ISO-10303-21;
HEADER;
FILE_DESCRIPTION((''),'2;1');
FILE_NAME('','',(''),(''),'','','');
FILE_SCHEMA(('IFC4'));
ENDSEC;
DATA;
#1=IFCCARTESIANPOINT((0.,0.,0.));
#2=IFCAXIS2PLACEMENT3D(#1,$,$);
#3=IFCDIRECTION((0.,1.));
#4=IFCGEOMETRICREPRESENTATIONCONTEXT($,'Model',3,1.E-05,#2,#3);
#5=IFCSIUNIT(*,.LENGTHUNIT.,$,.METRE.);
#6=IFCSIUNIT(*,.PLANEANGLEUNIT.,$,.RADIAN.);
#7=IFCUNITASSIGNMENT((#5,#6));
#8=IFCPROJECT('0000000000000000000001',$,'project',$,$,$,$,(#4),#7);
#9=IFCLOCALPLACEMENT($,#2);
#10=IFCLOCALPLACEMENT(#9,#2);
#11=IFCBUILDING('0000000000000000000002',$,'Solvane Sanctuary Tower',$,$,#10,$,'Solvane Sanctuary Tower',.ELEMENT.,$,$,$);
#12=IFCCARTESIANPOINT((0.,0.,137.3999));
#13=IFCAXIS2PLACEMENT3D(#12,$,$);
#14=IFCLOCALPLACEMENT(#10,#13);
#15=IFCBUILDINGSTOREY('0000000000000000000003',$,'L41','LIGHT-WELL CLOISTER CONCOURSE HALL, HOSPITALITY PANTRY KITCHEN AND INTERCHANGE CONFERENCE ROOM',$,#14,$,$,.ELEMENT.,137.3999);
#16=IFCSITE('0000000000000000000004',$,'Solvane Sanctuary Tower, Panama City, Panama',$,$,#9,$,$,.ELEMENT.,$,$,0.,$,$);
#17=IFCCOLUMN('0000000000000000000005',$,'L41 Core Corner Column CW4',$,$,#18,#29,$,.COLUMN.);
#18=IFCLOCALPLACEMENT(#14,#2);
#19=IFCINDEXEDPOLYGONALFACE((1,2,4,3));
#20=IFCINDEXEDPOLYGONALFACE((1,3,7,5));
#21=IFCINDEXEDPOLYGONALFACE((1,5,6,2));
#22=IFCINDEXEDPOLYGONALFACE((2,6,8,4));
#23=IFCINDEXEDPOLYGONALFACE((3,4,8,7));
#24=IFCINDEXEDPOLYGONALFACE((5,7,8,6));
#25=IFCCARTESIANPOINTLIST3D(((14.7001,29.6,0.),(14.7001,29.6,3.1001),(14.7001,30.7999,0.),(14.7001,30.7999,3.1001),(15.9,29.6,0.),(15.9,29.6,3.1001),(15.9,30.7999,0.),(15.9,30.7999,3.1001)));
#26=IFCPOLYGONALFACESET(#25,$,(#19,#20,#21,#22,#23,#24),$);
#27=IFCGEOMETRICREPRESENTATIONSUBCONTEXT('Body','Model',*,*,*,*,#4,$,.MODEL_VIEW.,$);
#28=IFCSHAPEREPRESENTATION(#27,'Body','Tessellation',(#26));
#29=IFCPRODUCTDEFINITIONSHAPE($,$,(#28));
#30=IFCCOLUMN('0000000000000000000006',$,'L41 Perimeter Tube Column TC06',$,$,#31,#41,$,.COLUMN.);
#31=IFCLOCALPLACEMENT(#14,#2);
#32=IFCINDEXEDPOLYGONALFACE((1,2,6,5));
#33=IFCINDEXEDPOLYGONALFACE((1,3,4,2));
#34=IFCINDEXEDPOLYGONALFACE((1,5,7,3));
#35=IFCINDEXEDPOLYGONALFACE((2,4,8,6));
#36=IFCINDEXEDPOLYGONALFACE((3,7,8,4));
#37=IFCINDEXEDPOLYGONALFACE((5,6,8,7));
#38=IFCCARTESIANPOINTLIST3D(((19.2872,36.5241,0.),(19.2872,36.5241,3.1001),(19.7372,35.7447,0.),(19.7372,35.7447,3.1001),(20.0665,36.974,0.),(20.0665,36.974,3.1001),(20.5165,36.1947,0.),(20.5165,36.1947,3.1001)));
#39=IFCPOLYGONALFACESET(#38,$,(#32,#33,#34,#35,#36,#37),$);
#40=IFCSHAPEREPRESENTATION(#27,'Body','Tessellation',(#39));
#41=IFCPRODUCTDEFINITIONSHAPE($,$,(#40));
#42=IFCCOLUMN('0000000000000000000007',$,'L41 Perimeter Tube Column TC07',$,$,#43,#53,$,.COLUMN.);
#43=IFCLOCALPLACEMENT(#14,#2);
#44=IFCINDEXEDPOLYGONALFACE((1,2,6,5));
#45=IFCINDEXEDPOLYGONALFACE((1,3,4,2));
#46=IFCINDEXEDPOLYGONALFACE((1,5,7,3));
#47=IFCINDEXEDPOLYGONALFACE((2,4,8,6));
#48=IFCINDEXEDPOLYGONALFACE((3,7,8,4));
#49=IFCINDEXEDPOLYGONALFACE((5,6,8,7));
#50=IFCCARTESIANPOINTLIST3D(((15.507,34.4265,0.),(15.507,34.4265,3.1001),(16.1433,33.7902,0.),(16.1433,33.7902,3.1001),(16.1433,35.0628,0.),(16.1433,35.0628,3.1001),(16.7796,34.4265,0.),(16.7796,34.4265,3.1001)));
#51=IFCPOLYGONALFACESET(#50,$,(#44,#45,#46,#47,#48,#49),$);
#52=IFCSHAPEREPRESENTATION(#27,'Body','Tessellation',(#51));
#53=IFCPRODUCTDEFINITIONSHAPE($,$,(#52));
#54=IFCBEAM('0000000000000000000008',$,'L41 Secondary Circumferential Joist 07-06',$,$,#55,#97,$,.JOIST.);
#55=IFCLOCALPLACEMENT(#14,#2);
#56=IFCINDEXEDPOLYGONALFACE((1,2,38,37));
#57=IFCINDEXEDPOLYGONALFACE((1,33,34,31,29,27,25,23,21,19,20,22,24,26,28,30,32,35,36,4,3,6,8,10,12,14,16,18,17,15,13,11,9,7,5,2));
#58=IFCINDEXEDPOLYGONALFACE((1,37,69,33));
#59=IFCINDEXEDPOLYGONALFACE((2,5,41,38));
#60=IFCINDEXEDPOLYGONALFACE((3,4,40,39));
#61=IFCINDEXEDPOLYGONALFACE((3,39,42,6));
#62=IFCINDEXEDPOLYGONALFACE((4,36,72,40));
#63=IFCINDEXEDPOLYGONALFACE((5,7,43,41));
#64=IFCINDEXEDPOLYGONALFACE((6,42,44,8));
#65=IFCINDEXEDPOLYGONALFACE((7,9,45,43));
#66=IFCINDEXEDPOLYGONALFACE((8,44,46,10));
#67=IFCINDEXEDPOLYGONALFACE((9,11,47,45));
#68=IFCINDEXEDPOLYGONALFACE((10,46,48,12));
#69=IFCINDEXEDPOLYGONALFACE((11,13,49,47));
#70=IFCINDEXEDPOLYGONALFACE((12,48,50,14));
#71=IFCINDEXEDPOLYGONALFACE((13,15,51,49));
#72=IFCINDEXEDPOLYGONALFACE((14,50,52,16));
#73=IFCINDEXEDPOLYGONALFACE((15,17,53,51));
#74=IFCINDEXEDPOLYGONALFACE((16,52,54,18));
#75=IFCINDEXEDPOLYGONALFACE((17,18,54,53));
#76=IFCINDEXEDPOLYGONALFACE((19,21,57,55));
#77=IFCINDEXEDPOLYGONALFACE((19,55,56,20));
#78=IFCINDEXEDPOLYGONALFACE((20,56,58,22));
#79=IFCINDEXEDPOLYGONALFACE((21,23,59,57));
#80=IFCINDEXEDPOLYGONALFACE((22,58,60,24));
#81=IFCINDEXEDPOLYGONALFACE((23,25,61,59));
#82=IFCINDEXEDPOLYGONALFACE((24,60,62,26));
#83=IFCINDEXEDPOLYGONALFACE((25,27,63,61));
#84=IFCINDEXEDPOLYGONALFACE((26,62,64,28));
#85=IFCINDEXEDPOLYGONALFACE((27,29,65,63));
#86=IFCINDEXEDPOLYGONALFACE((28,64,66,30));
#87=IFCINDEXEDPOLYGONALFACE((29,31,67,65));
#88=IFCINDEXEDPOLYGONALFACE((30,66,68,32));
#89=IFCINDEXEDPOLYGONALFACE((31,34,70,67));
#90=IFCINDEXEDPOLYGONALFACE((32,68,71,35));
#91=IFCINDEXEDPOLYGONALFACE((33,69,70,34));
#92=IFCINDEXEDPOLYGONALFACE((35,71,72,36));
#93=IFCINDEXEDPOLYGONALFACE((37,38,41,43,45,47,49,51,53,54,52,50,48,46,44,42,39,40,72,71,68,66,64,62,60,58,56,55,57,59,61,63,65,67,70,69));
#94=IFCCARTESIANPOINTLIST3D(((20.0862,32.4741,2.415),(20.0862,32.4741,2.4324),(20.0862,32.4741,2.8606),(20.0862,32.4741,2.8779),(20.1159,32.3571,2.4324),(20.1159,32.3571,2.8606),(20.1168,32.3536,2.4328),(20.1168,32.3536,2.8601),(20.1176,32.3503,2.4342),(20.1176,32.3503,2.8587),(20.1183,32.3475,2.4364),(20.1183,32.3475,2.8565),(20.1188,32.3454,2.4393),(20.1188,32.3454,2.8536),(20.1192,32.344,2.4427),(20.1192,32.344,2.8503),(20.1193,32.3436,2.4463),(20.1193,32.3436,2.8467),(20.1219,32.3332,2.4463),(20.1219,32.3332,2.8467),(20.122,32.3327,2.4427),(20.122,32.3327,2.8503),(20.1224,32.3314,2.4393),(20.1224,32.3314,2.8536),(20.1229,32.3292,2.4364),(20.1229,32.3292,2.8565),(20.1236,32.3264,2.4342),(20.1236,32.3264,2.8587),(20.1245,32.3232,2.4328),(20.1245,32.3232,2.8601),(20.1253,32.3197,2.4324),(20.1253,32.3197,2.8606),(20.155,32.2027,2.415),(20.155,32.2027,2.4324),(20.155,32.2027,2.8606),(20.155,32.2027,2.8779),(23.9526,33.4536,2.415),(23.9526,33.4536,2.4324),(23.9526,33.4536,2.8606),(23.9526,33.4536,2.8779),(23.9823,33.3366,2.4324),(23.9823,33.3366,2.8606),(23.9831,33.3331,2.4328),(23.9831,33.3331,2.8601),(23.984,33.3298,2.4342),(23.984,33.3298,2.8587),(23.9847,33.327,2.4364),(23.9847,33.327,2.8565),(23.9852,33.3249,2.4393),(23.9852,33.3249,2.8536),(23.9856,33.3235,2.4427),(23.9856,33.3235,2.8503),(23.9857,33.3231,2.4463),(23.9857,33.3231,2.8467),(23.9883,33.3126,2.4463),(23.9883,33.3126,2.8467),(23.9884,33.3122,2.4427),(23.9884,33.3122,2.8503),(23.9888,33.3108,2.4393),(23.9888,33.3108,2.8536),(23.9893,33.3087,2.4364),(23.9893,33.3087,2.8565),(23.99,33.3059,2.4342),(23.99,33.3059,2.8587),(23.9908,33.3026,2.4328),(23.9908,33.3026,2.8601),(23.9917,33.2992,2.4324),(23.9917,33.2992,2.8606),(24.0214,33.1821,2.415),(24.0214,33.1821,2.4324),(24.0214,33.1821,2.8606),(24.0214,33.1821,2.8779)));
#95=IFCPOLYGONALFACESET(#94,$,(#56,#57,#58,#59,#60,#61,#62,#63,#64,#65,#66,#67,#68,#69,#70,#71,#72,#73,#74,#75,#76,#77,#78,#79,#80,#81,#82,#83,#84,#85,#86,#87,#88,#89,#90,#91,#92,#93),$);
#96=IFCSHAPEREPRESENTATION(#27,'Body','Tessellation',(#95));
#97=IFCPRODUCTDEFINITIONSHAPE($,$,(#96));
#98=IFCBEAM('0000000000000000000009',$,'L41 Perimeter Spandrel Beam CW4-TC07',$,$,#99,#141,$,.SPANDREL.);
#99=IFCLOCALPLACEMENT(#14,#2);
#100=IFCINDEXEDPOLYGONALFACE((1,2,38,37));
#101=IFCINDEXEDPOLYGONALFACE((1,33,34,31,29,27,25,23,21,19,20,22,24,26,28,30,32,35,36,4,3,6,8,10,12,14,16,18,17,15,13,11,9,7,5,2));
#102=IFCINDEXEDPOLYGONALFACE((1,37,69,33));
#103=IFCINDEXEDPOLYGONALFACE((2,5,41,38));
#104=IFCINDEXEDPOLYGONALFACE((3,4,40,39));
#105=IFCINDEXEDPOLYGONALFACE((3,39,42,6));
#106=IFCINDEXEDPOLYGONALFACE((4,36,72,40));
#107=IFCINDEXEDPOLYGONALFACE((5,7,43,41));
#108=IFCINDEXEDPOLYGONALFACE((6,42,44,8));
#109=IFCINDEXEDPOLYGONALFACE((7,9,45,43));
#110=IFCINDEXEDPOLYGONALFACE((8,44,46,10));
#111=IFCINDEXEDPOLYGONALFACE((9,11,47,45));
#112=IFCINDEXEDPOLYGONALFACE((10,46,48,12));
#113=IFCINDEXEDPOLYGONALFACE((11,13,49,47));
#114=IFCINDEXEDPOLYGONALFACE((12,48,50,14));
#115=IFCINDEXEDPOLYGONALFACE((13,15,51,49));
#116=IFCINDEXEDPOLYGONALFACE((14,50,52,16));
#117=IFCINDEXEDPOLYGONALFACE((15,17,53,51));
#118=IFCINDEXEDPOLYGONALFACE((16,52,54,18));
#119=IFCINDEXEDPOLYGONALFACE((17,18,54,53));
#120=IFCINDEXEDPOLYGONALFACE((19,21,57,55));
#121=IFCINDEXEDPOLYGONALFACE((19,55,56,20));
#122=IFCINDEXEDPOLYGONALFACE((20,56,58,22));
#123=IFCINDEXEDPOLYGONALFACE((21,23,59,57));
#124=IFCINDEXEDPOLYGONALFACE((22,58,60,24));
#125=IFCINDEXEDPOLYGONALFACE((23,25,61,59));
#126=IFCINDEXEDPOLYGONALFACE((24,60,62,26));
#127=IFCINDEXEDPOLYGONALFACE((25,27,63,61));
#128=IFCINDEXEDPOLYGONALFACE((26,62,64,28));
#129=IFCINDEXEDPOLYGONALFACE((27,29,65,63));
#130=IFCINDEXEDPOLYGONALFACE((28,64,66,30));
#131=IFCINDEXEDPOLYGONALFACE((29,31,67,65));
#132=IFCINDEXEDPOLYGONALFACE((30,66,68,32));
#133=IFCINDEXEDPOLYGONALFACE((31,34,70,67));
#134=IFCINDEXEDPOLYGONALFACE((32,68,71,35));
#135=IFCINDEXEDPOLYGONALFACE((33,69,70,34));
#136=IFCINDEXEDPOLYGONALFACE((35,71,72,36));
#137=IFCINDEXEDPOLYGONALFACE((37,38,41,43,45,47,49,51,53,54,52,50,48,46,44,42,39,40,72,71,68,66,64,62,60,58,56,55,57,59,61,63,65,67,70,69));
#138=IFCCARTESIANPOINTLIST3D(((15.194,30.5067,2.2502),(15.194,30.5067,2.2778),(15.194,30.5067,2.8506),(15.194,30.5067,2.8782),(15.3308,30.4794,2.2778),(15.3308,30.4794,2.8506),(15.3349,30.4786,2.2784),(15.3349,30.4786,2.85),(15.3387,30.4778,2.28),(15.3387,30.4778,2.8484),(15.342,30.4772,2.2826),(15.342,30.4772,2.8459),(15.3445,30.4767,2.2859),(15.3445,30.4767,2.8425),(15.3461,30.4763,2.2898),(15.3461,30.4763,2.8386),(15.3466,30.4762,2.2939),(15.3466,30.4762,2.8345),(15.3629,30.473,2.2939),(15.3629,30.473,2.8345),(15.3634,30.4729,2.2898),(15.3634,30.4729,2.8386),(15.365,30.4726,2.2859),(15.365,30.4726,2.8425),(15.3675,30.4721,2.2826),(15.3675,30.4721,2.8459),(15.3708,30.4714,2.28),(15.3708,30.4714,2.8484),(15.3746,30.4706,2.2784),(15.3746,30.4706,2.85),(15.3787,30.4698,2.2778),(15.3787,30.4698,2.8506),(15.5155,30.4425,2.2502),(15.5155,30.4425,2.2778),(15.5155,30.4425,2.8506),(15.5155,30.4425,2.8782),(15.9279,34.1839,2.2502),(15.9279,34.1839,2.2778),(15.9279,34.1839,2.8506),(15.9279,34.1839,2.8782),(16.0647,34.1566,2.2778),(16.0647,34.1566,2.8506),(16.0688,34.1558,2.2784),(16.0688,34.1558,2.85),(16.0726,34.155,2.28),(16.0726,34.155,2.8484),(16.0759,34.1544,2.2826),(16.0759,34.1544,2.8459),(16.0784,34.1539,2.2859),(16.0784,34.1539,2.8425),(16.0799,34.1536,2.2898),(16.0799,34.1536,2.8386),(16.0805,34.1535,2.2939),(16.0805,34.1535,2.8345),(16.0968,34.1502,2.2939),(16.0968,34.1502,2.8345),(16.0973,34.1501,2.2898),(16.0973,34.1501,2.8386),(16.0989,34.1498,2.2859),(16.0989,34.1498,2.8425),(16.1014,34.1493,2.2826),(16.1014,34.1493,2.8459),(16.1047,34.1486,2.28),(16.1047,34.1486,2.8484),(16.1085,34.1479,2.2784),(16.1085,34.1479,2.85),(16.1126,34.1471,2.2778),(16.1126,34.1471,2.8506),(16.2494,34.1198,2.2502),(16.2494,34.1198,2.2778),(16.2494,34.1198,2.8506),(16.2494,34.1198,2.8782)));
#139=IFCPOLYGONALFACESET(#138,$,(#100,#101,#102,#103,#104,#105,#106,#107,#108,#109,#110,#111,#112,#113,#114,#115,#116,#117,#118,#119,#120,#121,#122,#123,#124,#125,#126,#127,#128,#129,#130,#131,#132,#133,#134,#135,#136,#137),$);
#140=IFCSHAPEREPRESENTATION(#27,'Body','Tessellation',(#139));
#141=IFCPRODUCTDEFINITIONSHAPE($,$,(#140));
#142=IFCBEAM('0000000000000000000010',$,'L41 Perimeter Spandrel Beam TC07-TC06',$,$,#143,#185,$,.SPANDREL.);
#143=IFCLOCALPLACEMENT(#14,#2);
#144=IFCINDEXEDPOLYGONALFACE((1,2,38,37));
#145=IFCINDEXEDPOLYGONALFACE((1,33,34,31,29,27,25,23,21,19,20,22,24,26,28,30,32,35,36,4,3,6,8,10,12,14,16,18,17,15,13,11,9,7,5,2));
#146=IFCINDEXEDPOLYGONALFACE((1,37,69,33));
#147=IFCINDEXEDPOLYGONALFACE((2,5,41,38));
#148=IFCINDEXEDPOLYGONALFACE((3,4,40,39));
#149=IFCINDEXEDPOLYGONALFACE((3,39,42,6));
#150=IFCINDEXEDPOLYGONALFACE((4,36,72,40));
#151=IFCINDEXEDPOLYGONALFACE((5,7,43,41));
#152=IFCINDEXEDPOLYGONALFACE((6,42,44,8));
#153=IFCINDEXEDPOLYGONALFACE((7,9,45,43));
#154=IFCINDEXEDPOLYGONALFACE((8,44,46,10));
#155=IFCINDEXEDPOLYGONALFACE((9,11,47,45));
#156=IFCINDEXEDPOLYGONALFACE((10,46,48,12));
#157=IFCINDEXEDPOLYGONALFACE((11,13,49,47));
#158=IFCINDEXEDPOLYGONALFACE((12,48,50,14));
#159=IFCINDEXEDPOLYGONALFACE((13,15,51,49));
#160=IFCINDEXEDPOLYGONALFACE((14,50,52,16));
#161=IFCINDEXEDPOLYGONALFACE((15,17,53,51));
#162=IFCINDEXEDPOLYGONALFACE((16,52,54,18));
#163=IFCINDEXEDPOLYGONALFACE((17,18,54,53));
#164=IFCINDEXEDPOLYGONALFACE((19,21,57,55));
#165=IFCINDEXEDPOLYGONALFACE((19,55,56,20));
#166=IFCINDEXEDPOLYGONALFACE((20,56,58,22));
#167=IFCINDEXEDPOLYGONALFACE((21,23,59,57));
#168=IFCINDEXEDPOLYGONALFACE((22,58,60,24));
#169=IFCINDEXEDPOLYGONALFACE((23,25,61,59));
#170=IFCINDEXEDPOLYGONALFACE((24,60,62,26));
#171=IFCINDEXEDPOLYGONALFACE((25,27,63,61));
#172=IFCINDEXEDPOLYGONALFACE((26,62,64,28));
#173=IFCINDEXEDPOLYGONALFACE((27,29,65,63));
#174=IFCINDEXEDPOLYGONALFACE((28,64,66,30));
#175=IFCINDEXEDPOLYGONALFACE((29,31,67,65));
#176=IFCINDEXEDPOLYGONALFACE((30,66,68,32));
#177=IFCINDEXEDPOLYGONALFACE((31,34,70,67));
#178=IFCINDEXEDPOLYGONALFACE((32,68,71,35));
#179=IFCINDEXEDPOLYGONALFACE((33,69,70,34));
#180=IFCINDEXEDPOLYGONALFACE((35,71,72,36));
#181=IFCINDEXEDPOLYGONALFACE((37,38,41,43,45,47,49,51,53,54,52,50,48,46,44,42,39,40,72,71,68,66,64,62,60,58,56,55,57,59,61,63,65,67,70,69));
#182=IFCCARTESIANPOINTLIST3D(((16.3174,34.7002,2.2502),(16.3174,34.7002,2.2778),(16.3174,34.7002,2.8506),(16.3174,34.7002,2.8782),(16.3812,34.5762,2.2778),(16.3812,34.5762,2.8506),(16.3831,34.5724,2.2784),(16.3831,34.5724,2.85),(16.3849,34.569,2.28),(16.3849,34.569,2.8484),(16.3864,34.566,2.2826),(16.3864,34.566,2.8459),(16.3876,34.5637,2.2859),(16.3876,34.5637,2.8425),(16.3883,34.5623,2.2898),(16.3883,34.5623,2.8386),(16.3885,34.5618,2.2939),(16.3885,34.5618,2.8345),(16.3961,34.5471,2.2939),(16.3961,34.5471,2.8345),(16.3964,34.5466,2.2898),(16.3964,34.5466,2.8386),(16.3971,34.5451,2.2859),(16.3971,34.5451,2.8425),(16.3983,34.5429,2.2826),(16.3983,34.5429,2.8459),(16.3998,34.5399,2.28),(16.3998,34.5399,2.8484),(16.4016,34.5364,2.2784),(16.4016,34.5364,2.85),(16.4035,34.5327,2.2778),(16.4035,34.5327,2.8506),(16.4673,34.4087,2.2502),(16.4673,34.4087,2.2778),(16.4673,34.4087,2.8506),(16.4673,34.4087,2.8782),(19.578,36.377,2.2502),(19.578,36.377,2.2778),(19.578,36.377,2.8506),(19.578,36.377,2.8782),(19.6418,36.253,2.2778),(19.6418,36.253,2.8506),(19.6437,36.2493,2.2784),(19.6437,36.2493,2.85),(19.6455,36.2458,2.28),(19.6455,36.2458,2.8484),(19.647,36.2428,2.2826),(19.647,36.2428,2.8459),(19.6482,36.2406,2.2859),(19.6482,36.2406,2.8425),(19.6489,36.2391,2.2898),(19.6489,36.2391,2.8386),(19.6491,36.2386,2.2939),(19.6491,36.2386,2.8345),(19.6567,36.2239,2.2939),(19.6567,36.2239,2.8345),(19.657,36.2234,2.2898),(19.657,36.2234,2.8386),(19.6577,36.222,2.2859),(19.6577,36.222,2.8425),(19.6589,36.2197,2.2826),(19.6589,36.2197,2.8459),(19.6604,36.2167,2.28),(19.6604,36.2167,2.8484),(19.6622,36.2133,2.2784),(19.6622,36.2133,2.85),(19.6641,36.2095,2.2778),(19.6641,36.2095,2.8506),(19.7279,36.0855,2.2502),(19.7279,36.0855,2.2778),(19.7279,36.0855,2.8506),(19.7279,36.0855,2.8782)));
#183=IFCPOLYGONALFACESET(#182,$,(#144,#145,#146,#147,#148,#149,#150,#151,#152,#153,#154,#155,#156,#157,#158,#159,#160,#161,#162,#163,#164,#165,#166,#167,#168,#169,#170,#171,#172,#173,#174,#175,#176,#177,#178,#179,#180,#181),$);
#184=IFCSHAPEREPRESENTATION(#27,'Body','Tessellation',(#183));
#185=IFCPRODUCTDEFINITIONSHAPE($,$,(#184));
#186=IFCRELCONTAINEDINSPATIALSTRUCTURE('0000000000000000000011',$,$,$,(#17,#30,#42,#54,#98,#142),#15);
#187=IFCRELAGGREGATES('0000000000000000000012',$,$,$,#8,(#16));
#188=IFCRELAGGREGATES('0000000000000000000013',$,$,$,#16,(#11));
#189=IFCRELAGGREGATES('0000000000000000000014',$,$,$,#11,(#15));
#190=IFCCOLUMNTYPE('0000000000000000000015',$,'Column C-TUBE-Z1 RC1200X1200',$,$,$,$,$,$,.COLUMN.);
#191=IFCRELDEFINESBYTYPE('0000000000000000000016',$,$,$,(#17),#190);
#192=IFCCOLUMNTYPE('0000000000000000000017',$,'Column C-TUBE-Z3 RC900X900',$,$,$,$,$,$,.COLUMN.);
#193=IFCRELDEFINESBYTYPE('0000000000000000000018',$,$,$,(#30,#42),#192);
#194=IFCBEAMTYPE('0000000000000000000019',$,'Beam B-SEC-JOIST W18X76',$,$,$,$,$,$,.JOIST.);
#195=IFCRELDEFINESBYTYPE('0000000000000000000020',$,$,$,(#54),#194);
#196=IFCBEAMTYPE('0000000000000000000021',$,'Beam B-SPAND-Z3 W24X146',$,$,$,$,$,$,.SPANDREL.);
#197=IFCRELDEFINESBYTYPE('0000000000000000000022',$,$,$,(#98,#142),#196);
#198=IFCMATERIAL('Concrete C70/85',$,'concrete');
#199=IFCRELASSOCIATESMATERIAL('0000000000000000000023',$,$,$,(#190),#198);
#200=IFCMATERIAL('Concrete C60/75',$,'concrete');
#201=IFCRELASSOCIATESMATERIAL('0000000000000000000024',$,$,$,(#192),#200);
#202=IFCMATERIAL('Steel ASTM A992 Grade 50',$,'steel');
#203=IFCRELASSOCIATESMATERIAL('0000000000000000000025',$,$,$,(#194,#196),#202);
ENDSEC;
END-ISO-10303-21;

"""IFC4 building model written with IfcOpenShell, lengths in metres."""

from ifc_helpers import new_model, si_unit, direction, frame, origin, origin_2d, place, context, subcontext, project, spatial, rectangle, i_section, extrude, material, material_profile, profile_set, type_object, element, save


model = new_model("IFC4")

# Units and contexts
model_context = context("Model", 3, precision=1e-05, world=origin(), true_north=direction((0.0, 1.0)))
body_context = subcontext(model_context, "Body", "Model", "MODEL_VIEW")
ifc_project = project(units=[si_unit("LENGTHUNIT", "METRE"), si_unit("PLANEANGLEUNIT", "RADIAN")], contexts=[model_context])

# Site, building, storey
site_placement = place(None, origin())
site = spatial("IfcSite", under=ifc_project, at=site_placement, Name="Solvane Sanctuary Tower, Panama City, Panama", CompositionType="ELEMENT", RefElevation=0.0)
building_placement = place(site_placement, origin())
building = spatial("IfcBuilding", under=site, at=building_placement, Name="Solvane Sanctuary Tower", LongName="Solvane Sanctuary Tower", CompositionType="ELEMENT")
storey_placement = place(building_placement, frame((0.0, 0.0, 137.3999)))
storey = spatial("IfcBuildingStorey", under=building, at=storey_placement, Name="L41", Description="LIGHT-WELL CLOISTER CONCOURSE HALL, HOSPITALITY PANTRY KITCHEN AND INTERCHANGE CONFERENCE ROOM", CompositionType="ELEMENT", Elevation=137.3999)

# Columns
ifc_material_1 = material(Name="Concrete C70/85", Category="concrete")
ifc_material_profile_1 = material_profile(ifc_material_1, rectangle(XDim=1.2, YDim=1.2, at=origin_2d()), Name="RC1200X1200")
ifc_profile_set_1 = profile_set([ifc_material_profile_1], Name="Concrete C70/85")
column_type_1 = type_object("IfcColumnType", Name="Column C-TUBE-Z1 RC1200X1200", PredefinedType="COLUMN", material=ifc_profile_set_1)
column_placement = place(storey_placement, frame((15.3, 30.2, 0.0), z_axis=(0.0, 0.0, 1.0), x_axis=(1.0, 0.0, 0.0)))
element("IfcColumn", 1, at=column_placement, inside=storey, type_object=column_type_1, Name="L41 Core Corner Column CW4", PredefinedType="COLUMN", context=body_context, shape_type="SweptSolid", body=[
    extrude(rectangle(XDim=1.2, YDim=1.2, at=origin_2d()), origin(), (0.0, 0.0, 1.0), 3.1001),
])
ifc_material_2 = material(Name="Concrete C60/75", Category="concrete")
ifc_material_profile_2 = material_profile(ifc_material_2, rectangle(XDim=0.8999, YDim=0.8999, at=origin_2d()), Name="RC900X900")
ifc_profile_set_2 = profile_set([ifc_material_profile_2], Name="Concrete C60/75")
column_type_2 = type_object("IfcColumnType", Name="Column C-TUBE-Z3 RC900X900", PredefinedType="COLUMN", material=ifc_profile_set_2)
for number, where, z_axis, x_axis, name in (
    (2, (19.9019, 36.3594, 0.0), (0.0, 0.0, 1.0), (-0.5, 0.866025, 0.0), "L41 Perimeter Tube Column TC06"),
    (3, (16.1433, 34.4265, 0.0), (0.0, 0.0, 1.0), (-0.707107, 0.707107, 0.0), "L41 Perimeter Tube Column TC07"),
):
    element("IfcColumn", number, at=place(storey_placement, frame(where, z_axis=z_axis, x_axis=x_axis)), inside=storey, type_object=column_type_2, Name=name, PredefinedType="COLUMN", context=body_context, shape_type="SweptSolid", body=[
        extrude(rectangle(XDim=0.8999, YDim=0.8999, at=origin_2d()), origin(), (0.0, 0.0, 1.0), 3.1001),
    ])

# Beams
ifc_material_3 = material(Name="Steel ASTM A992 Grade 50", Category="steel")
ifc_material_profile_3 = material_profile(ifc_material_3, i_section(OverallWidth=0.28, OverallDepth=0.4629, WebThickness=0.0107, FlangeThickness=0.0173, FilletRadius=0.0139, at=origin_2d()), Name="W18X76")
ifc_profile_set_3 = profile_set([ifc_material_profile_3], Name="Steel ASTM A992 Grade 50")
beam_type_1 = type_object("IfcBeamType", Name="Beam B-SEC-JOIST W18X76", PredefinedType="JOIST", material=ifc_profile_set_3)
beam_1_placement = place(storey_placement, frame((20.1206, 32.3384, 2.6465), z_axis=(0.969378, 0.245573, 0.0), x_axis=(-0.245573, 0.969378, 0.0)))
element("IfcBeam", 4, at=beam_1_placement, inside=storey, type_object=beam_type_1, Name="L41 Secondary Circumferential Joist 07-06", PredefinedType="JOIST", context=body_context, shape_type="SweptSolid", body=[
    extrude(i_section(OverallWidth=0.28, OverallDepth=0.4629, WebThickness=0.0107, FlangeThickness=0.0173, FilletRadius=0.0139, at=origin_2d()), origin(), (0.0, 0.0, 1.0), 3.9885),
])
ifc_material_profile_4 = material_profile(ifc_material_3, i_section(OverallWidth=0.3279, OverallDepth=0.6279, WebThickness=0.0166, FlangeThickness=0.0276, FilletRadius=0.0161, at=origin_2d()), Name="W24X146")
ifc_profile_set_4 = profile_set([ifc_material_profile_4], Name="Steel ASTM A992 Grade 50")
beam_type_2 = type_object("IfcBeamType", Name="Beam B-SPAND-Z3 W24X146", PredefinedType="SPANDREL", material=ifc_profile_set_4)
beam_2_placement = place(storey_placement, frame((15.3547, 30.4746, 2.5642), z_axis=(0.195715, 0.980661, 0.0), x_axis=(-0.980661, 0.195715, 0.0)))
element("IfcBeam", 5, at=beam_2_placement, inside=storey, type_object=beam_type_2, Name="L41 Perimeter Spandrel Beam CW4-TC07", PredefinedType="SPANDREL", context=body_context, shape_type="SweptSolid", body=[
    extrude(i_section(OverallWidth=0.3279, OverallDepth=0.6279, WebThickness=0.0166, FlangeThickness=0.0276, FilletRadius=0.0161, at=origin_2d()), origin(), (0.0, 0.0, 1.0), 3.7498),
])
beam_3_placement = place(storey_placement, frame((16.3923, 34.5544, 2.5642), z_axis=(0.889296, 0.457333, 0.0), x_axis=(-0.457333, 0.889296, 0.0)))
element("IfcBeam", 6, at=beam_3_placement, inside=storey, type_object=beam_type_2, Name="L41 Perimeter Spandrel Beam TC07-TC06", PredefinedType="SPANDREL", context=body_context, shape_type="SweptSolid", body=[
    extrude(i_section(OverallWidth=0.3279, OverallDepth=0.6279, WebThickness=0.0166, FlangeThickness=0.0276, FilletRadius=0.0161, at=origin_2d()), origin(), (0.0, 0.0, 1.0), 3.6665),
])

save(model, "model.ifc")
